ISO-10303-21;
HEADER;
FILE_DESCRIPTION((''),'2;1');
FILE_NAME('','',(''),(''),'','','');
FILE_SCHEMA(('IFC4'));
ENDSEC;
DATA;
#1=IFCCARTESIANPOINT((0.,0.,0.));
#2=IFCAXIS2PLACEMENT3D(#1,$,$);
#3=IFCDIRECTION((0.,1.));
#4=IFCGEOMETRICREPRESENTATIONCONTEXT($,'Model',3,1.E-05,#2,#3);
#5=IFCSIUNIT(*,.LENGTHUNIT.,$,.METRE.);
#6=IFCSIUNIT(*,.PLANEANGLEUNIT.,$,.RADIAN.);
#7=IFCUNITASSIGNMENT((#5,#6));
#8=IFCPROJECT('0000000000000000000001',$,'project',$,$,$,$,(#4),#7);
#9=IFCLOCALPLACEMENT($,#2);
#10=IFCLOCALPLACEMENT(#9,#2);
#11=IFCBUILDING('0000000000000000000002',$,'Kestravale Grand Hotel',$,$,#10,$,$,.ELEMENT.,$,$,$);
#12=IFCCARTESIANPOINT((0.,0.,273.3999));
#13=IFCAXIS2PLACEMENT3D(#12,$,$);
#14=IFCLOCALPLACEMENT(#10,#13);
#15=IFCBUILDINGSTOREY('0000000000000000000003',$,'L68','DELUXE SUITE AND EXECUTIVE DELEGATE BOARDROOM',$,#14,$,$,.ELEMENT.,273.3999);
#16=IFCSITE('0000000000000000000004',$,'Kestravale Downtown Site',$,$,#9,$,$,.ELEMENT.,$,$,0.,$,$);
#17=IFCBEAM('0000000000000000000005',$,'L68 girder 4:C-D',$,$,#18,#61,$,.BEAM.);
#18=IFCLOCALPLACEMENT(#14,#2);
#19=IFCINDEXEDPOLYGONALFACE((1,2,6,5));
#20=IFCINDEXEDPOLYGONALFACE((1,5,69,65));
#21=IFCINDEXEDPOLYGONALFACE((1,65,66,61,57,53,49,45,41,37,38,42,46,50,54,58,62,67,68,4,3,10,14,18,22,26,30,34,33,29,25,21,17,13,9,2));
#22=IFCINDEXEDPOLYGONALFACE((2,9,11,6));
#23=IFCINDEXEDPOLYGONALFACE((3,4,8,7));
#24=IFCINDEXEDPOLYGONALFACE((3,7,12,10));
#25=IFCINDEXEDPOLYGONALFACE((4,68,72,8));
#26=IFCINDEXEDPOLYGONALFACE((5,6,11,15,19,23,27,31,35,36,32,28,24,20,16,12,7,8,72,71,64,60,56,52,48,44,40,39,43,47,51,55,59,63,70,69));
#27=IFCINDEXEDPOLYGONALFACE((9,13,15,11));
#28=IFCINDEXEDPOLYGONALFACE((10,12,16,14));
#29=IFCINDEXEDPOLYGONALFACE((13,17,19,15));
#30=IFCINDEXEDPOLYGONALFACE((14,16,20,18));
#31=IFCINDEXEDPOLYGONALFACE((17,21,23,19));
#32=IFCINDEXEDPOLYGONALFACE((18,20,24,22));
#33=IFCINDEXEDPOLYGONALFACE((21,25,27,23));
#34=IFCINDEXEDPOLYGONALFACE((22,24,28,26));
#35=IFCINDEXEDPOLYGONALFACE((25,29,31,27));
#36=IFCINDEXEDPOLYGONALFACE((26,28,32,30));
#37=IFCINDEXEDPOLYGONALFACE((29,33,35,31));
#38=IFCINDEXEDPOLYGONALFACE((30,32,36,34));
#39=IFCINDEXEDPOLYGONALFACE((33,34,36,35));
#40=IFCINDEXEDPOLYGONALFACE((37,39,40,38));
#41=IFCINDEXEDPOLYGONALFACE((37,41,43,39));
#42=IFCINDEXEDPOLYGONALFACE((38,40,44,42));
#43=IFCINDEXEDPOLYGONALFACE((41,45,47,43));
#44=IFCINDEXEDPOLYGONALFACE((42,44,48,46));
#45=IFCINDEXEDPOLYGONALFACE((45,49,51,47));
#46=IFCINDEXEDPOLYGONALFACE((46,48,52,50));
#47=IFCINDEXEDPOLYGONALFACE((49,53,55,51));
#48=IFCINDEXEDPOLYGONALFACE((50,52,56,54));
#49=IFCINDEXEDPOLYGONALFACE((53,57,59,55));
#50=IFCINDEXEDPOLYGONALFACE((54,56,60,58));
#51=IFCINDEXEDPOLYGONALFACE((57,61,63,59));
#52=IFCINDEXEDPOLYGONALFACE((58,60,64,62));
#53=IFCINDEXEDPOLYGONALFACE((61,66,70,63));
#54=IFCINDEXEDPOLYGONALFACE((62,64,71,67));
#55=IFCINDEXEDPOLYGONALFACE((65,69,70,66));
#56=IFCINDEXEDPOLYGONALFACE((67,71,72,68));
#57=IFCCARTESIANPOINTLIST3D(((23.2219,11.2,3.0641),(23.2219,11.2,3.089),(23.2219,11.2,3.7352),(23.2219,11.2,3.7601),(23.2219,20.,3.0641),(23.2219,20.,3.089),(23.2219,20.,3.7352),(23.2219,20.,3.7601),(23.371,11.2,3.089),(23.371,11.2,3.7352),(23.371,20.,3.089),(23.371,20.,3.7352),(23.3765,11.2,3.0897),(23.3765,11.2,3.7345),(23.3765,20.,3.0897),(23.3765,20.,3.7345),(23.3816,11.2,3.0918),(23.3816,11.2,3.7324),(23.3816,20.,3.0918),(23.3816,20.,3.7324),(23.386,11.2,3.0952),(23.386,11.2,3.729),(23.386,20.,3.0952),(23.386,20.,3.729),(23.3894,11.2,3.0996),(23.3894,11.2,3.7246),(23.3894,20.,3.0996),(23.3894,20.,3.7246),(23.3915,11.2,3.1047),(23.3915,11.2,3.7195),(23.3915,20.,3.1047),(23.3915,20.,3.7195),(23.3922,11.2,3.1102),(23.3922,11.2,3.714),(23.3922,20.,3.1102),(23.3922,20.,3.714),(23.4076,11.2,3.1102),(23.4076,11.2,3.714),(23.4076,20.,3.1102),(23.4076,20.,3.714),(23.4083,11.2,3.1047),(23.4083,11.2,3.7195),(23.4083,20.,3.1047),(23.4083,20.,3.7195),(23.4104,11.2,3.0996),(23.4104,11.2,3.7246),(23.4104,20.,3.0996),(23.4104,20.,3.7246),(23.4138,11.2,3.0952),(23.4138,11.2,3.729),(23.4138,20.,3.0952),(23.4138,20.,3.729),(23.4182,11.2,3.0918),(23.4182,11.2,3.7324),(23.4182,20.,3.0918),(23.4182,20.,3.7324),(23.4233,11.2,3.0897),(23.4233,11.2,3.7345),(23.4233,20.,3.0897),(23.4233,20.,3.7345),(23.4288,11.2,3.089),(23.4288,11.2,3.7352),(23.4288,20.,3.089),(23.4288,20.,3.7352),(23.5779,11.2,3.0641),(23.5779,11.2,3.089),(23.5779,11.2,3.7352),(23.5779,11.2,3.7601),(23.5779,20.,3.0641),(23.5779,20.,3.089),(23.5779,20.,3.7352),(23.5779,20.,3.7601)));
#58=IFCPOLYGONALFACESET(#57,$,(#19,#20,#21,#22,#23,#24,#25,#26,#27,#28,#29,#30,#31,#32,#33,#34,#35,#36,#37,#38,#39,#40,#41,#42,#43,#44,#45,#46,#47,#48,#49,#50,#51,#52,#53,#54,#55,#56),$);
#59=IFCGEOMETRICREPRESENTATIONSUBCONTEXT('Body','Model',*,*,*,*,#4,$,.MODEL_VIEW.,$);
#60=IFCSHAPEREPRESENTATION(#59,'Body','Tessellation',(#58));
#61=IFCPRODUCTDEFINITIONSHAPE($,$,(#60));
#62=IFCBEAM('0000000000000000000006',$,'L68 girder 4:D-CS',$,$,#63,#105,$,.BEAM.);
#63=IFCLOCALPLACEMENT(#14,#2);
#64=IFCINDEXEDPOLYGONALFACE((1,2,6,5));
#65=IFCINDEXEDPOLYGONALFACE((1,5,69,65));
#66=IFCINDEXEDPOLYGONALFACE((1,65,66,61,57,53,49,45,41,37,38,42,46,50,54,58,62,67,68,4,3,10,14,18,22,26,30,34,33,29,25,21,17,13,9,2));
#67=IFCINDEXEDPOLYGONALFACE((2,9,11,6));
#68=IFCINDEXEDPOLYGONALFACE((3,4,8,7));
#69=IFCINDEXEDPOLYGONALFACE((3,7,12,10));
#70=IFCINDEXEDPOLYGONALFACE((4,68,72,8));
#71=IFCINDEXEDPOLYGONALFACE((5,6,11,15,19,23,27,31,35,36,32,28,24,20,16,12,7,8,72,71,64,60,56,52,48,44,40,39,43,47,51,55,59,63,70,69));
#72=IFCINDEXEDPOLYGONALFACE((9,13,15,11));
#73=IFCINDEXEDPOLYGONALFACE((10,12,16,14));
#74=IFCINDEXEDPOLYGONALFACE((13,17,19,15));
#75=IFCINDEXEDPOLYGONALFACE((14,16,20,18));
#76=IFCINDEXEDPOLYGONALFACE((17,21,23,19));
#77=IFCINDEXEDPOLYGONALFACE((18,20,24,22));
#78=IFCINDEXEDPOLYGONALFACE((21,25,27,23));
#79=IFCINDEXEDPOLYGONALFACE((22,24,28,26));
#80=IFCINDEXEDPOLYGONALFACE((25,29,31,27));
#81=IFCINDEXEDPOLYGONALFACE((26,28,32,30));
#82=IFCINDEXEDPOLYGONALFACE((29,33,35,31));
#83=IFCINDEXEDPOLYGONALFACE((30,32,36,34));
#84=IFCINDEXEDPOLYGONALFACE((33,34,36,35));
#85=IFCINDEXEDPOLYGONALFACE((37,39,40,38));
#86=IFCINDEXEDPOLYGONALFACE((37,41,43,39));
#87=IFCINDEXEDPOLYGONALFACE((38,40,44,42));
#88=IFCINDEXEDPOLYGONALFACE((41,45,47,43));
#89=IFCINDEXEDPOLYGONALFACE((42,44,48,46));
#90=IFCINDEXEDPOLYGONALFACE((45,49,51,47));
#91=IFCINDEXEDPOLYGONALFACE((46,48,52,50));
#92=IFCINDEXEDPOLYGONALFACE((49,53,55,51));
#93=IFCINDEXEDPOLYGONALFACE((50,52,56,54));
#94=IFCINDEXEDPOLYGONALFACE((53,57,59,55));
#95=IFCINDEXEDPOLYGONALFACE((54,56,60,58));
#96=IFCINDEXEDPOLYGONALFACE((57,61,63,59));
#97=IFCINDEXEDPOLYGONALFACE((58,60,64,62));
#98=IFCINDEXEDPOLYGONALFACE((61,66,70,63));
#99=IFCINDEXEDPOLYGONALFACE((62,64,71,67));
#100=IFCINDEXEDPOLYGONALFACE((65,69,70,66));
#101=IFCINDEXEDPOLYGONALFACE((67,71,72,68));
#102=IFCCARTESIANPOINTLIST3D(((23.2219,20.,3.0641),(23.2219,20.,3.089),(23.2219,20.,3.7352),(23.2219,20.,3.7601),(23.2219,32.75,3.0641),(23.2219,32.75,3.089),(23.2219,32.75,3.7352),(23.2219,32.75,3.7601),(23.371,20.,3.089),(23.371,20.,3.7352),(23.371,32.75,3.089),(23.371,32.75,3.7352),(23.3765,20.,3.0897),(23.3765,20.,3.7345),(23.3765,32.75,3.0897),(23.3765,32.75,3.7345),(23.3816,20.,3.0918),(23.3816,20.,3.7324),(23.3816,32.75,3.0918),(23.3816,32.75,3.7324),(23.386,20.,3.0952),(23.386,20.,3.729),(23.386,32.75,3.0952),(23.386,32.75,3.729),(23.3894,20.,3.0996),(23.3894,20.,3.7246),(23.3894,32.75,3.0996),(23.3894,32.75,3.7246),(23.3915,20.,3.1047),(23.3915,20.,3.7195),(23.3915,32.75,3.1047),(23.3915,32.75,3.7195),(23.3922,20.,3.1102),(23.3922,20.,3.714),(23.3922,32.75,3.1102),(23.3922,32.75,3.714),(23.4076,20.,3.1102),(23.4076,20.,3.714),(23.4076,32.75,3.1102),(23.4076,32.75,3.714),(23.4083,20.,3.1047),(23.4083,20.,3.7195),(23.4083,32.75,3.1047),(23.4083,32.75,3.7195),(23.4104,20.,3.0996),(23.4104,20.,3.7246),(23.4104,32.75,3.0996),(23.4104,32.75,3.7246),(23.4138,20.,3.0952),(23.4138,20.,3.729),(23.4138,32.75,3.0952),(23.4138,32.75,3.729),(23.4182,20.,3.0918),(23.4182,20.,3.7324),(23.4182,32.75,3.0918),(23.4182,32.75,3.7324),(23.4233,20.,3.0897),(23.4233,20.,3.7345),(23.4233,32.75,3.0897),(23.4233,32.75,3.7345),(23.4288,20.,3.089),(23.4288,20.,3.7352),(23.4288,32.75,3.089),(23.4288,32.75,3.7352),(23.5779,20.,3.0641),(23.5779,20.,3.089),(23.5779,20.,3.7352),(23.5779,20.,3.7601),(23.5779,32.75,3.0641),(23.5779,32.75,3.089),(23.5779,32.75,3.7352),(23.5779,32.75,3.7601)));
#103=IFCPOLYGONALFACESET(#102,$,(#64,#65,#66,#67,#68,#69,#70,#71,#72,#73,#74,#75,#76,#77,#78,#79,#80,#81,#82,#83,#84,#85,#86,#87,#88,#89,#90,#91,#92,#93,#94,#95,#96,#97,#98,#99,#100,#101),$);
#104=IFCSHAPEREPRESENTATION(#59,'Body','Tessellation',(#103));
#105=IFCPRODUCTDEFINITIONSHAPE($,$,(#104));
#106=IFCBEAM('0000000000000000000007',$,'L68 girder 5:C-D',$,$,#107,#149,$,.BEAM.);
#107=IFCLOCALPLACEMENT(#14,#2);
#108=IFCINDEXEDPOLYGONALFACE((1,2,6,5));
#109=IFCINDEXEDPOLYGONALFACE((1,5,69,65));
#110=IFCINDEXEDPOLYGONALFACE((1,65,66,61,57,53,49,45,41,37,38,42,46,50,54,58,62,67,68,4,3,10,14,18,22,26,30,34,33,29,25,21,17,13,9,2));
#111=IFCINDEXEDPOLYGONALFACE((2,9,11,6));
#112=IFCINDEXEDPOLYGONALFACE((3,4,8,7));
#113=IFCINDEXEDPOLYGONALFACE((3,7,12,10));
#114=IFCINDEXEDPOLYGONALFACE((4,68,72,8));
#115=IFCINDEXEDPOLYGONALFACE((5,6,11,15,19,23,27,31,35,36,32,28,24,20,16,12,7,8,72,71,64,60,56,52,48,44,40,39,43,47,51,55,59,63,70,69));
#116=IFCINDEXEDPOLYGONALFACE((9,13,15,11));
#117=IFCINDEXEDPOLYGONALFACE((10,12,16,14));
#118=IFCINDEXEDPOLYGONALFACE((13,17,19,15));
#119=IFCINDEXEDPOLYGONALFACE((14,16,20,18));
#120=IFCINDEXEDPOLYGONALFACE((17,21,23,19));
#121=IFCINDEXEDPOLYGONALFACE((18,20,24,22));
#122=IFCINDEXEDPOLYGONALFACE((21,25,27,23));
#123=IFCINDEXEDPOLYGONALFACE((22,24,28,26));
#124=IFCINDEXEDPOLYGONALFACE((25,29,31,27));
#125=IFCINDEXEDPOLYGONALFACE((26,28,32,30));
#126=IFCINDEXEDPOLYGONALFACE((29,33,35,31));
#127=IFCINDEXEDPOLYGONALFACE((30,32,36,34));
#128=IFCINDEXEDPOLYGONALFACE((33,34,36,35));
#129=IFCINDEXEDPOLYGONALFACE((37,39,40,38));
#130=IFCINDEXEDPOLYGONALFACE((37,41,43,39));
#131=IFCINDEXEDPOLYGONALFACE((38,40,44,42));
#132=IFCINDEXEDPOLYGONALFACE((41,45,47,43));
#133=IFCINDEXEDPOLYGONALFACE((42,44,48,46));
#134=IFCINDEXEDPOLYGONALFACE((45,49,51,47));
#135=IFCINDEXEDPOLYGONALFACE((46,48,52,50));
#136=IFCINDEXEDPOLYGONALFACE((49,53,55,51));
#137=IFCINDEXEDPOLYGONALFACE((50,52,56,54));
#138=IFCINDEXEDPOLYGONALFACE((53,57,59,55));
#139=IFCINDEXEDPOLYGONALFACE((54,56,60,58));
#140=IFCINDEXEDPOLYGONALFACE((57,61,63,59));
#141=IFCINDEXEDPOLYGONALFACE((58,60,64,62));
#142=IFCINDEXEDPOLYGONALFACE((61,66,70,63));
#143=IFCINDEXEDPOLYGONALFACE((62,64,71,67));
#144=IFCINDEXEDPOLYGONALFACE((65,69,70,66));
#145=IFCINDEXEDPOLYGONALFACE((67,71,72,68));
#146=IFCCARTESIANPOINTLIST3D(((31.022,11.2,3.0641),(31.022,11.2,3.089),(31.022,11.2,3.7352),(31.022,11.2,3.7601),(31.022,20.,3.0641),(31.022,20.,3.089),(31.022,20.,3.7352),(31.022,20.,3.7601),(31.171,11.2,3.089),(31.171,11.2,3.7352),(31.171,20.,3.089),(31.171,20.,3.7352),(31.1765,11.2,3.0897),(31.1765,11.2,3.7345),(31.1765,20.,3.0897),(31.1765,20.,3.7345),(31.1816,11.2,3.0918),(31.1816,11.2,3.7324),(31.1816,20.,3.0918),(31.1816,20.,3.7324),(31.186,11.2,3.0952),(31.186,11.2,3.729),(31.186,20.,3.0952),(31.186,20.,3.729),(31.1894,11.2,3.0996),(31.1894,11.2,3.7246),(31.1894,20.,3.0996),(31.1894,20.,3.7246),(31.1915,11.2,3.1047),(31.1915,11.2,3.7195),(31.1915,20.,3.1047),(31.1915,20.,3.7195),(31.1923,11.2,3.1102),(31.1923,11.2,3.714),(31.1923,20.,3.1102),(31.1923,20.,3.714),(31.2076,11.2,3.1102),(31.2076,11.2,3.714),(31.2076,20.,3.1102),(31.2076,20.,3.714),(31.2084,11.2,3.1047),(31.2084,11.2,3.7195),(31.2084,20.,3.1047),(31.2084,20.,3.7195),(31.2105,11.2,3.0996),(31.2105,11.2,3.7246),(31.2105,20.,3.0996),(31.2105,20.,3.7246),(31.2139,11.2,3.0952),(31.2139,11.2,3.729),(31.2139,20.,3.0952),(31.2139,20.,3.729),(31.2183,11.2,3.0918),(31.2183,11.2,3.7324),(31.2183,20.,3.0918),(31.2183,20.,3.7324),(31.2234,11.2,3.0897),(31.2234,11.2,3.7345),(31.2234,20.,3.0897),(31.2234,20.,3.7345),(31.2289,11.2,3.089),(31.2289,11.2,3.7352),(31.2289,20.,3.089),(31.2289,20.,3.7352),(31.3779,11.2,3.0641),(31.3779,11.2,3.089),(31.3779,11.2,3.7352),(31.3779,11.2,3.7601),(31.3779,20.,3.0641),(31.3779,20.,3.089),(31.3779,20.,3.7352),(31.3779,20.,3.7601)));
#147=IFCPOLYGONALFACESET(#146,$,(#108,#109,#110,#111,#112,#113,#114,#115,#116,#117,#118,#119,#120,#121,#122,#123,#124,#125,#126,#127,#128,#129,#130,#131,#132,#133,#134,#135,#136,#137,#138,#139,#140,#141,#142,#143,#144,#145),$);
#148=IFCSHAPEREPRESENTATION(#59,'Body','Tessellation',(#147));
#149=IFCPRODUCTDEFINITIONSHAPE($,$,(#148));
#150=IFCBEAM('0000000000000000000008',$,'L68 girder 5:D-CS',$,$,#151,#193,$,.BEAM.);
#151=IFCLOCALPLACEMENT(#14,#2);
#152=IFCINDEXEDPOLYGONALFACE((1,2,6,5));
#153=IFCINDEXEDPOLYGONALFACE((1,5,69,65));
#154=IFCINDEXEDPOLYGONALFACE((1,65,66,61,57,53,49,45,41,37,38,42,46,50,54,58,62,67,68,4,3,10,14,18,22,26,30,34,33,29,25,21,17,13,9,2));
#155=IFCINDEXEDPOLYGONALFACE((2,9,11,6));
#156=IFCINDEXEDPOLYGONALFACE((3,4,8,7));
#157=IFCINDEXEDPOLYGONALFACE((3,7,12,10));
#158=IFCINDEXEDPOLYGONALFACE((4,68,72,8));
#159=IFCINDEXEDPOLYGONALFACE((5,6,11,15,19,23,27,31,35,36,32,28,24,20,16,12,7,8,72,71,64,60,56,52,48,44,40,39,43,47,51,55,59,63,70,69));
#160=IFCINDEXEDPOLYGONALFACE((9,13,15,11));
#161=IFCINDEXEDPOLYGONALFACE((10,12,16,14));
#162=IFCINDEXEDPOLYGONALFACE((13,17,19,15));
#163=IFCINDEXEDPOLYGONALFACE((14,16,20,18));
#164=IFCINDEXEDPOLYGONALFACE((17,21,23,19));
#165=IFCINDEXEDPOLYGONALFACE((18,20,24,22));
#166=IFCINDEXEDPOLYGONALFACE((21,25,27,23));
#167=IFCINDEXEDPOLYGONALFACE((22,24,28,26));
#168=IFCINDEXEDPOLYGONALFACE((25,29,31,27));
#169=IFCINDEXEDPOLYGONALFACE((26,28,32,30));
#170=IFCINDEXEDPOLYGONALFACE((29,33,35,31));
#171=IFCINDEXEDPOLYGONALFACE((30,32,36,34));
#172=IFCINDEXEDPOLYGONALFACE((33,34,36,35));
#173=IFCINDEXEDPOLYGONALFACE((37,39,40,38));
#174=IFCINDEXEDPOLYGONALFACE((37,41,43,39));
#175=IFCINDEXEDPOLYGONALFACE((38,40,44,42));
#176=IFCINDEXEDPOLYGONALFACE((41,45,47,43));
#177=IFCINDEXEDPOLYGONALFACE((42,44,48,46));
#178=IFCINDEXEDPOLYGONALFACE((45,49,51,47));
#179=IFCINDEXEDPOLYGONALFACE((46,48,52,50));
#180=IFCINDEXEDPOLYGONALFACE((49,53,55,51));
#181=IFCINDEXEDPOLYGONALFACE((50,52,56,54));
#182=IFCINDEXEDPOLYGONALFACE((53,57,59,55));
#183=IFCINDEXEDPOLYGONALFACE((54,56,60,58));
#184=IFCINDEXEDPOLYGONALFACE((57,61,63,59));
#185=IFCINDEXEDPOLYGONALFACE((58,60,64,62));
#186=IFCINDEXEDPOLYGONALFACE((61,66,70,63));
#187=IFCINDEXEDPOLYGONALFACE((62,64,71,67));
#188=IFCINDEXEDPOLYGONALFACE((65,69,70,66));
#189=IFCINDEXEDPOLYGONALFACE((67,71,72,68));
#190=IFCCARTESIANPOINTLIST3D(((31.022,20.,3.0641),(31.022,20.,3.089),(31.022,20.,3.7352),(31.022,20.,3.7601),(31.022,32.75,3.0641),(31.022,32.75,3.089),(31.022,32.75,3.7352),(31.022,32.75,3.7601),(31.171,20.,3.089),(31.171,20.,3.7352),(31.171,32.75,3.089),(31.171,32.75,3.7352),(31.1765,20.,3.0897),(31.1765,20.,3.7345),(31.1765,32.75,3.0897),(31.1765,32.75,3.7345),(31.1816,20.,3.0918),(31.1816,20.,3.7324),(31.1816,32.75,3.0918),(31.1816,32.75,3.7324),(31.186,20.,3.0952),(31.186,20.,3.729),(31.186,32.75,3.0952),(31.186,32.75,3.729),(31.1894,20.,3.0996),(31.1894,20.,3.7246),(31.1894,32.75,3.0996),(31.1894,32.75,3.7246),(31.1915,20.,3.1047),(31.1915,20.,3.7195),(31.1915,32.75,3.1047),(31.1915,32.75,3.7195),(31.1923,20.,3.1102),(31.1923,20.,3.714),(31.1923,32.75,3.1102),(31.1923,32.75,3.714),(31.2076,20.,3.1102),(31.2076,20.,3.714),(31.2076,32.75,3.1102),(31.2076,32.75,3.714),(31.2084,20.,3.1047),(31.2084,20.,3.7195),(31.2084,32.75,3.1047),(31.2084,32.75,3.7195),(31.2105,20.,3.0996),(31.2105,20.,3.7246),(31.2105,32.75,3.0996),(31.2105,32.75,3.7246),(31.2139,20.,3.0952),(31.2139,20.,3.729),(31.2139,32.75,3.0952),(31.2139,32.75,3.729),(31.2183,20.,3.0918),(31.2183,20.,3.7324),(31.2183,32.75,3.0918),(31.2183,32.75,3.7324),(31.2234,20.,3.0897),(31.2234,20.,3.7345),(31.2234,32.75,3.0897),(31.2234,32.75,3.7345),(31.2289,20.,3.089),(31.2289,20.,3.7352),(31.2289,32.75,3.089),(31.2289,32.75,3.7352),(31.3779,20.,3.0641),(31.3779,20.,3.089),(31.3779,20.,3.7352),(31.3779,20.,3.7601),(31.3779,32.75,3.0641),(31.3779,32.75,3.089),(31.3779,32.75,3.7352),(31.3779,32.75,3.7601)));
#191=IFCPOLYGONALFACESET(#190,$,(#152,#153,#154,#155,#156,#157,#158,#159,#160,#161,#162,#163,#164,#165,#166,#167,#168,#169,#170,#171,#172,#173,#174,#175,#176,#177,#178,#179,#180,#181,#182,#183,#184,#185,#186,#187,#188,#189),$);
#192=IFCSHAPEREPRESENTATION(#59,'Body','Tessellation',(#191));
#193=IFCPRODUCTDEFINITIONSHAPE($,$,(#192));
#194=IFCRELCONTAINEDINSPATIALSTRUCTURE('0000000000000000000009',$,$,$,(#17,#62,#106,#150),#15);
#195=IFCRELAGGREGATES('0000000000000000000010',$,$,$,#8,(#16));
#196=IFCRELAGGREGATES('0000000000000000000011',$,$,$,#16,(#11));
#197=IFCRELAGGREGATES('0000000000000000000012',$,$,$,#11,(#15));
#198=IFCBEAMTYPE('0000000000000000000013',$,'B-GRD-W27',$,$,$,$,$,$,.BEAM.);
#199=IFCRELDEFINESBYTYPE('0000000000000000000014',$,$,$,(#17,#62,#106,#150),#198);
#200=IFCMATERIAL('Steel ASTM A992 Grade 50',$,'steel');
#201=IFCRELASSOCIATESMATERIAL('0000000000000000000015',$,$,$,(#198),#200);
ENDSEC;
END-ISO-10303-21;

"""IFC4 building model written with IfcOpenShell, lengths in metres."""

from ifc_helpers import new_model, si_unit, direction, frame, origin, origin_2d, place, context, subcontext, project, spatial, i_section, extrude, material, material_profile, profile_set, type_object, element, save


model = new_model("IFC4")

# Units and contexts
model_context = context("Model", 3, precision=1e-05, world=origin(), true_north=direction((0.0, 1.0)))
body_context = subcontext(model_context, "Body", "Model", "MODEL_VIEW")
ifc_project = project(units=[si_unit("LENGTHUNIT", "METRE"), si_unit("PLANEANGLEUNIT", "RADIAN")], contexts=[model_context])

# Site, building, storey
site_placement = place(None, origin())
site = spatial("IfcSite", under=ifc_project, at=site_placement, Name="Kestravale Downtown Site", CompositionType="ELEMENT", RefElevation=0.0)
building_placement = place(site_placement, origin())
building = spatial("IfcBuilding", under=site, at=building_placement, Name="Kestravale Grand Hotel", CompositionType="ELEMENT")
storey_placement = place(building_placement, frame((0.0, 0.0, 273.3999)))
storey = spatial("IfcBuildingStorey", under=building, at=storey_placement, Name="L68", Description="DELUXE SUITE AND EXECUTIVE DELEGATE BOARDROOM", CompositionType="ELEMENT", Elevation=273.3999)

# Beams
ifc_material_1 = material(Name="Steel ASTM A992 Grade 50", Category="steel")
ifc_material_profile_1 = material_profile(ifc_material_1, i_section(OverallWidth=0.356, OverallDepth=0.696, WebThickness=0.0154, FlangeThickness=0.0249, FilletRadius=0.0212, at=origin_2d()))
ifc_profile_set_1 = profile_set([ifc_material_profile_1], Name="Steel ASTM A992 Grade 50")
beam_type_1 = type_object("IfcBeamType", Name="B-GRD-W27", PredefinedType="BEAM", material=ifc_profile_set_1)
beam_1_placement = place(storey_placement, frame((23.3999, 11.2, 3.4121), z_axis=(0.0, 1.0, 0.0), x_axis=(-1.0, 0.0, 0.0)))
element("IfcBeam", 1, at=beam_1_placement, inside=storey, type_object=beam_type_1, Name="L68 girder 4:C-D", PredefinedType="BEAM", context=body_context, shape_type="SweptSolid", body=[
    extrude(i_section(OverallWidth=0.356, OverallDepth=0.696, WebThickness=0.0154, FlangeThickness=0.0249, FilletRadius=0.0212, at=origin_2d()), origin(), (0.0, 0.0, 1.0), 8.8),
])
beam_2_placement = place(storey_placement, frame((23.3999, 20.0, 3.4121), z_axis=(0.0, 1.0, 0.0), x_axis=(-1.0, 0.0, 0.0)))
element("IfcBeam", 2, at=beam_2_placement, inside=storey, type_object=beam_type_1, Name="L68 girder 4:D-CS", PredefinedType="BEAM", context=body_context, shape_type="SweptSolid", body=[
    extrude(i_section(OverallWidth=0.356, OverallDepth=0.696, WebThickness=0.0154, FlangeThickness=0.0249, FilletRadius=0.0212, at=origin_2d()), origin(), (0.0, 0.0, 1.0), 12.75),
])
beam_3_placement = place(storey_placement, frame((31.2, 11.2, 3.4121), z_axis=(0.0, 1.0, 0.0), x_axis=(-1.0, 0.0, 0.0)))
element("IfcBeam", 3, at=beam_3_placement, inside=storey, type_object=beam_type_1, Name="L68 girder 5:C-D", PredefinedType="BEAM", context=body_context, shape_type="SweptSolid", body=[
    extrude(i_section(OverallWidth=0.356, OverallDepth=0.696, WebThickness=0.0154, FlangeThickness=0.0249, FilletRadius=0.0212, at=origin_2d()), origin(), (0.0, 0.0, 1.0), 8.8),
])
beam_4_placement = place(storey_placement, frame((31.2, 20.0, 3.4121), z_axis=(0.0, 1.0, 0.0), x_axis=(-1.0, 0.0, 0.0)))
element("IfcBeam", 4, at=beam_4_placement, inside=storey, type_object=beam_type_1, Name="L68 girder 5:D-CS", PredefinedType="BEAM", context=body_context, shape_type="SweptSolid", body=[
    extrude(i_section(OverallWidth=0.356, OverallDepth=0.696, WebThickness=0.0154, FlangeThickness=0.0249, FilletRadius=0.0212, at=origin_2d()), origin(), (0.0, 0.0, 1.0), 12.75),
])

save(model, "model.ifc")
